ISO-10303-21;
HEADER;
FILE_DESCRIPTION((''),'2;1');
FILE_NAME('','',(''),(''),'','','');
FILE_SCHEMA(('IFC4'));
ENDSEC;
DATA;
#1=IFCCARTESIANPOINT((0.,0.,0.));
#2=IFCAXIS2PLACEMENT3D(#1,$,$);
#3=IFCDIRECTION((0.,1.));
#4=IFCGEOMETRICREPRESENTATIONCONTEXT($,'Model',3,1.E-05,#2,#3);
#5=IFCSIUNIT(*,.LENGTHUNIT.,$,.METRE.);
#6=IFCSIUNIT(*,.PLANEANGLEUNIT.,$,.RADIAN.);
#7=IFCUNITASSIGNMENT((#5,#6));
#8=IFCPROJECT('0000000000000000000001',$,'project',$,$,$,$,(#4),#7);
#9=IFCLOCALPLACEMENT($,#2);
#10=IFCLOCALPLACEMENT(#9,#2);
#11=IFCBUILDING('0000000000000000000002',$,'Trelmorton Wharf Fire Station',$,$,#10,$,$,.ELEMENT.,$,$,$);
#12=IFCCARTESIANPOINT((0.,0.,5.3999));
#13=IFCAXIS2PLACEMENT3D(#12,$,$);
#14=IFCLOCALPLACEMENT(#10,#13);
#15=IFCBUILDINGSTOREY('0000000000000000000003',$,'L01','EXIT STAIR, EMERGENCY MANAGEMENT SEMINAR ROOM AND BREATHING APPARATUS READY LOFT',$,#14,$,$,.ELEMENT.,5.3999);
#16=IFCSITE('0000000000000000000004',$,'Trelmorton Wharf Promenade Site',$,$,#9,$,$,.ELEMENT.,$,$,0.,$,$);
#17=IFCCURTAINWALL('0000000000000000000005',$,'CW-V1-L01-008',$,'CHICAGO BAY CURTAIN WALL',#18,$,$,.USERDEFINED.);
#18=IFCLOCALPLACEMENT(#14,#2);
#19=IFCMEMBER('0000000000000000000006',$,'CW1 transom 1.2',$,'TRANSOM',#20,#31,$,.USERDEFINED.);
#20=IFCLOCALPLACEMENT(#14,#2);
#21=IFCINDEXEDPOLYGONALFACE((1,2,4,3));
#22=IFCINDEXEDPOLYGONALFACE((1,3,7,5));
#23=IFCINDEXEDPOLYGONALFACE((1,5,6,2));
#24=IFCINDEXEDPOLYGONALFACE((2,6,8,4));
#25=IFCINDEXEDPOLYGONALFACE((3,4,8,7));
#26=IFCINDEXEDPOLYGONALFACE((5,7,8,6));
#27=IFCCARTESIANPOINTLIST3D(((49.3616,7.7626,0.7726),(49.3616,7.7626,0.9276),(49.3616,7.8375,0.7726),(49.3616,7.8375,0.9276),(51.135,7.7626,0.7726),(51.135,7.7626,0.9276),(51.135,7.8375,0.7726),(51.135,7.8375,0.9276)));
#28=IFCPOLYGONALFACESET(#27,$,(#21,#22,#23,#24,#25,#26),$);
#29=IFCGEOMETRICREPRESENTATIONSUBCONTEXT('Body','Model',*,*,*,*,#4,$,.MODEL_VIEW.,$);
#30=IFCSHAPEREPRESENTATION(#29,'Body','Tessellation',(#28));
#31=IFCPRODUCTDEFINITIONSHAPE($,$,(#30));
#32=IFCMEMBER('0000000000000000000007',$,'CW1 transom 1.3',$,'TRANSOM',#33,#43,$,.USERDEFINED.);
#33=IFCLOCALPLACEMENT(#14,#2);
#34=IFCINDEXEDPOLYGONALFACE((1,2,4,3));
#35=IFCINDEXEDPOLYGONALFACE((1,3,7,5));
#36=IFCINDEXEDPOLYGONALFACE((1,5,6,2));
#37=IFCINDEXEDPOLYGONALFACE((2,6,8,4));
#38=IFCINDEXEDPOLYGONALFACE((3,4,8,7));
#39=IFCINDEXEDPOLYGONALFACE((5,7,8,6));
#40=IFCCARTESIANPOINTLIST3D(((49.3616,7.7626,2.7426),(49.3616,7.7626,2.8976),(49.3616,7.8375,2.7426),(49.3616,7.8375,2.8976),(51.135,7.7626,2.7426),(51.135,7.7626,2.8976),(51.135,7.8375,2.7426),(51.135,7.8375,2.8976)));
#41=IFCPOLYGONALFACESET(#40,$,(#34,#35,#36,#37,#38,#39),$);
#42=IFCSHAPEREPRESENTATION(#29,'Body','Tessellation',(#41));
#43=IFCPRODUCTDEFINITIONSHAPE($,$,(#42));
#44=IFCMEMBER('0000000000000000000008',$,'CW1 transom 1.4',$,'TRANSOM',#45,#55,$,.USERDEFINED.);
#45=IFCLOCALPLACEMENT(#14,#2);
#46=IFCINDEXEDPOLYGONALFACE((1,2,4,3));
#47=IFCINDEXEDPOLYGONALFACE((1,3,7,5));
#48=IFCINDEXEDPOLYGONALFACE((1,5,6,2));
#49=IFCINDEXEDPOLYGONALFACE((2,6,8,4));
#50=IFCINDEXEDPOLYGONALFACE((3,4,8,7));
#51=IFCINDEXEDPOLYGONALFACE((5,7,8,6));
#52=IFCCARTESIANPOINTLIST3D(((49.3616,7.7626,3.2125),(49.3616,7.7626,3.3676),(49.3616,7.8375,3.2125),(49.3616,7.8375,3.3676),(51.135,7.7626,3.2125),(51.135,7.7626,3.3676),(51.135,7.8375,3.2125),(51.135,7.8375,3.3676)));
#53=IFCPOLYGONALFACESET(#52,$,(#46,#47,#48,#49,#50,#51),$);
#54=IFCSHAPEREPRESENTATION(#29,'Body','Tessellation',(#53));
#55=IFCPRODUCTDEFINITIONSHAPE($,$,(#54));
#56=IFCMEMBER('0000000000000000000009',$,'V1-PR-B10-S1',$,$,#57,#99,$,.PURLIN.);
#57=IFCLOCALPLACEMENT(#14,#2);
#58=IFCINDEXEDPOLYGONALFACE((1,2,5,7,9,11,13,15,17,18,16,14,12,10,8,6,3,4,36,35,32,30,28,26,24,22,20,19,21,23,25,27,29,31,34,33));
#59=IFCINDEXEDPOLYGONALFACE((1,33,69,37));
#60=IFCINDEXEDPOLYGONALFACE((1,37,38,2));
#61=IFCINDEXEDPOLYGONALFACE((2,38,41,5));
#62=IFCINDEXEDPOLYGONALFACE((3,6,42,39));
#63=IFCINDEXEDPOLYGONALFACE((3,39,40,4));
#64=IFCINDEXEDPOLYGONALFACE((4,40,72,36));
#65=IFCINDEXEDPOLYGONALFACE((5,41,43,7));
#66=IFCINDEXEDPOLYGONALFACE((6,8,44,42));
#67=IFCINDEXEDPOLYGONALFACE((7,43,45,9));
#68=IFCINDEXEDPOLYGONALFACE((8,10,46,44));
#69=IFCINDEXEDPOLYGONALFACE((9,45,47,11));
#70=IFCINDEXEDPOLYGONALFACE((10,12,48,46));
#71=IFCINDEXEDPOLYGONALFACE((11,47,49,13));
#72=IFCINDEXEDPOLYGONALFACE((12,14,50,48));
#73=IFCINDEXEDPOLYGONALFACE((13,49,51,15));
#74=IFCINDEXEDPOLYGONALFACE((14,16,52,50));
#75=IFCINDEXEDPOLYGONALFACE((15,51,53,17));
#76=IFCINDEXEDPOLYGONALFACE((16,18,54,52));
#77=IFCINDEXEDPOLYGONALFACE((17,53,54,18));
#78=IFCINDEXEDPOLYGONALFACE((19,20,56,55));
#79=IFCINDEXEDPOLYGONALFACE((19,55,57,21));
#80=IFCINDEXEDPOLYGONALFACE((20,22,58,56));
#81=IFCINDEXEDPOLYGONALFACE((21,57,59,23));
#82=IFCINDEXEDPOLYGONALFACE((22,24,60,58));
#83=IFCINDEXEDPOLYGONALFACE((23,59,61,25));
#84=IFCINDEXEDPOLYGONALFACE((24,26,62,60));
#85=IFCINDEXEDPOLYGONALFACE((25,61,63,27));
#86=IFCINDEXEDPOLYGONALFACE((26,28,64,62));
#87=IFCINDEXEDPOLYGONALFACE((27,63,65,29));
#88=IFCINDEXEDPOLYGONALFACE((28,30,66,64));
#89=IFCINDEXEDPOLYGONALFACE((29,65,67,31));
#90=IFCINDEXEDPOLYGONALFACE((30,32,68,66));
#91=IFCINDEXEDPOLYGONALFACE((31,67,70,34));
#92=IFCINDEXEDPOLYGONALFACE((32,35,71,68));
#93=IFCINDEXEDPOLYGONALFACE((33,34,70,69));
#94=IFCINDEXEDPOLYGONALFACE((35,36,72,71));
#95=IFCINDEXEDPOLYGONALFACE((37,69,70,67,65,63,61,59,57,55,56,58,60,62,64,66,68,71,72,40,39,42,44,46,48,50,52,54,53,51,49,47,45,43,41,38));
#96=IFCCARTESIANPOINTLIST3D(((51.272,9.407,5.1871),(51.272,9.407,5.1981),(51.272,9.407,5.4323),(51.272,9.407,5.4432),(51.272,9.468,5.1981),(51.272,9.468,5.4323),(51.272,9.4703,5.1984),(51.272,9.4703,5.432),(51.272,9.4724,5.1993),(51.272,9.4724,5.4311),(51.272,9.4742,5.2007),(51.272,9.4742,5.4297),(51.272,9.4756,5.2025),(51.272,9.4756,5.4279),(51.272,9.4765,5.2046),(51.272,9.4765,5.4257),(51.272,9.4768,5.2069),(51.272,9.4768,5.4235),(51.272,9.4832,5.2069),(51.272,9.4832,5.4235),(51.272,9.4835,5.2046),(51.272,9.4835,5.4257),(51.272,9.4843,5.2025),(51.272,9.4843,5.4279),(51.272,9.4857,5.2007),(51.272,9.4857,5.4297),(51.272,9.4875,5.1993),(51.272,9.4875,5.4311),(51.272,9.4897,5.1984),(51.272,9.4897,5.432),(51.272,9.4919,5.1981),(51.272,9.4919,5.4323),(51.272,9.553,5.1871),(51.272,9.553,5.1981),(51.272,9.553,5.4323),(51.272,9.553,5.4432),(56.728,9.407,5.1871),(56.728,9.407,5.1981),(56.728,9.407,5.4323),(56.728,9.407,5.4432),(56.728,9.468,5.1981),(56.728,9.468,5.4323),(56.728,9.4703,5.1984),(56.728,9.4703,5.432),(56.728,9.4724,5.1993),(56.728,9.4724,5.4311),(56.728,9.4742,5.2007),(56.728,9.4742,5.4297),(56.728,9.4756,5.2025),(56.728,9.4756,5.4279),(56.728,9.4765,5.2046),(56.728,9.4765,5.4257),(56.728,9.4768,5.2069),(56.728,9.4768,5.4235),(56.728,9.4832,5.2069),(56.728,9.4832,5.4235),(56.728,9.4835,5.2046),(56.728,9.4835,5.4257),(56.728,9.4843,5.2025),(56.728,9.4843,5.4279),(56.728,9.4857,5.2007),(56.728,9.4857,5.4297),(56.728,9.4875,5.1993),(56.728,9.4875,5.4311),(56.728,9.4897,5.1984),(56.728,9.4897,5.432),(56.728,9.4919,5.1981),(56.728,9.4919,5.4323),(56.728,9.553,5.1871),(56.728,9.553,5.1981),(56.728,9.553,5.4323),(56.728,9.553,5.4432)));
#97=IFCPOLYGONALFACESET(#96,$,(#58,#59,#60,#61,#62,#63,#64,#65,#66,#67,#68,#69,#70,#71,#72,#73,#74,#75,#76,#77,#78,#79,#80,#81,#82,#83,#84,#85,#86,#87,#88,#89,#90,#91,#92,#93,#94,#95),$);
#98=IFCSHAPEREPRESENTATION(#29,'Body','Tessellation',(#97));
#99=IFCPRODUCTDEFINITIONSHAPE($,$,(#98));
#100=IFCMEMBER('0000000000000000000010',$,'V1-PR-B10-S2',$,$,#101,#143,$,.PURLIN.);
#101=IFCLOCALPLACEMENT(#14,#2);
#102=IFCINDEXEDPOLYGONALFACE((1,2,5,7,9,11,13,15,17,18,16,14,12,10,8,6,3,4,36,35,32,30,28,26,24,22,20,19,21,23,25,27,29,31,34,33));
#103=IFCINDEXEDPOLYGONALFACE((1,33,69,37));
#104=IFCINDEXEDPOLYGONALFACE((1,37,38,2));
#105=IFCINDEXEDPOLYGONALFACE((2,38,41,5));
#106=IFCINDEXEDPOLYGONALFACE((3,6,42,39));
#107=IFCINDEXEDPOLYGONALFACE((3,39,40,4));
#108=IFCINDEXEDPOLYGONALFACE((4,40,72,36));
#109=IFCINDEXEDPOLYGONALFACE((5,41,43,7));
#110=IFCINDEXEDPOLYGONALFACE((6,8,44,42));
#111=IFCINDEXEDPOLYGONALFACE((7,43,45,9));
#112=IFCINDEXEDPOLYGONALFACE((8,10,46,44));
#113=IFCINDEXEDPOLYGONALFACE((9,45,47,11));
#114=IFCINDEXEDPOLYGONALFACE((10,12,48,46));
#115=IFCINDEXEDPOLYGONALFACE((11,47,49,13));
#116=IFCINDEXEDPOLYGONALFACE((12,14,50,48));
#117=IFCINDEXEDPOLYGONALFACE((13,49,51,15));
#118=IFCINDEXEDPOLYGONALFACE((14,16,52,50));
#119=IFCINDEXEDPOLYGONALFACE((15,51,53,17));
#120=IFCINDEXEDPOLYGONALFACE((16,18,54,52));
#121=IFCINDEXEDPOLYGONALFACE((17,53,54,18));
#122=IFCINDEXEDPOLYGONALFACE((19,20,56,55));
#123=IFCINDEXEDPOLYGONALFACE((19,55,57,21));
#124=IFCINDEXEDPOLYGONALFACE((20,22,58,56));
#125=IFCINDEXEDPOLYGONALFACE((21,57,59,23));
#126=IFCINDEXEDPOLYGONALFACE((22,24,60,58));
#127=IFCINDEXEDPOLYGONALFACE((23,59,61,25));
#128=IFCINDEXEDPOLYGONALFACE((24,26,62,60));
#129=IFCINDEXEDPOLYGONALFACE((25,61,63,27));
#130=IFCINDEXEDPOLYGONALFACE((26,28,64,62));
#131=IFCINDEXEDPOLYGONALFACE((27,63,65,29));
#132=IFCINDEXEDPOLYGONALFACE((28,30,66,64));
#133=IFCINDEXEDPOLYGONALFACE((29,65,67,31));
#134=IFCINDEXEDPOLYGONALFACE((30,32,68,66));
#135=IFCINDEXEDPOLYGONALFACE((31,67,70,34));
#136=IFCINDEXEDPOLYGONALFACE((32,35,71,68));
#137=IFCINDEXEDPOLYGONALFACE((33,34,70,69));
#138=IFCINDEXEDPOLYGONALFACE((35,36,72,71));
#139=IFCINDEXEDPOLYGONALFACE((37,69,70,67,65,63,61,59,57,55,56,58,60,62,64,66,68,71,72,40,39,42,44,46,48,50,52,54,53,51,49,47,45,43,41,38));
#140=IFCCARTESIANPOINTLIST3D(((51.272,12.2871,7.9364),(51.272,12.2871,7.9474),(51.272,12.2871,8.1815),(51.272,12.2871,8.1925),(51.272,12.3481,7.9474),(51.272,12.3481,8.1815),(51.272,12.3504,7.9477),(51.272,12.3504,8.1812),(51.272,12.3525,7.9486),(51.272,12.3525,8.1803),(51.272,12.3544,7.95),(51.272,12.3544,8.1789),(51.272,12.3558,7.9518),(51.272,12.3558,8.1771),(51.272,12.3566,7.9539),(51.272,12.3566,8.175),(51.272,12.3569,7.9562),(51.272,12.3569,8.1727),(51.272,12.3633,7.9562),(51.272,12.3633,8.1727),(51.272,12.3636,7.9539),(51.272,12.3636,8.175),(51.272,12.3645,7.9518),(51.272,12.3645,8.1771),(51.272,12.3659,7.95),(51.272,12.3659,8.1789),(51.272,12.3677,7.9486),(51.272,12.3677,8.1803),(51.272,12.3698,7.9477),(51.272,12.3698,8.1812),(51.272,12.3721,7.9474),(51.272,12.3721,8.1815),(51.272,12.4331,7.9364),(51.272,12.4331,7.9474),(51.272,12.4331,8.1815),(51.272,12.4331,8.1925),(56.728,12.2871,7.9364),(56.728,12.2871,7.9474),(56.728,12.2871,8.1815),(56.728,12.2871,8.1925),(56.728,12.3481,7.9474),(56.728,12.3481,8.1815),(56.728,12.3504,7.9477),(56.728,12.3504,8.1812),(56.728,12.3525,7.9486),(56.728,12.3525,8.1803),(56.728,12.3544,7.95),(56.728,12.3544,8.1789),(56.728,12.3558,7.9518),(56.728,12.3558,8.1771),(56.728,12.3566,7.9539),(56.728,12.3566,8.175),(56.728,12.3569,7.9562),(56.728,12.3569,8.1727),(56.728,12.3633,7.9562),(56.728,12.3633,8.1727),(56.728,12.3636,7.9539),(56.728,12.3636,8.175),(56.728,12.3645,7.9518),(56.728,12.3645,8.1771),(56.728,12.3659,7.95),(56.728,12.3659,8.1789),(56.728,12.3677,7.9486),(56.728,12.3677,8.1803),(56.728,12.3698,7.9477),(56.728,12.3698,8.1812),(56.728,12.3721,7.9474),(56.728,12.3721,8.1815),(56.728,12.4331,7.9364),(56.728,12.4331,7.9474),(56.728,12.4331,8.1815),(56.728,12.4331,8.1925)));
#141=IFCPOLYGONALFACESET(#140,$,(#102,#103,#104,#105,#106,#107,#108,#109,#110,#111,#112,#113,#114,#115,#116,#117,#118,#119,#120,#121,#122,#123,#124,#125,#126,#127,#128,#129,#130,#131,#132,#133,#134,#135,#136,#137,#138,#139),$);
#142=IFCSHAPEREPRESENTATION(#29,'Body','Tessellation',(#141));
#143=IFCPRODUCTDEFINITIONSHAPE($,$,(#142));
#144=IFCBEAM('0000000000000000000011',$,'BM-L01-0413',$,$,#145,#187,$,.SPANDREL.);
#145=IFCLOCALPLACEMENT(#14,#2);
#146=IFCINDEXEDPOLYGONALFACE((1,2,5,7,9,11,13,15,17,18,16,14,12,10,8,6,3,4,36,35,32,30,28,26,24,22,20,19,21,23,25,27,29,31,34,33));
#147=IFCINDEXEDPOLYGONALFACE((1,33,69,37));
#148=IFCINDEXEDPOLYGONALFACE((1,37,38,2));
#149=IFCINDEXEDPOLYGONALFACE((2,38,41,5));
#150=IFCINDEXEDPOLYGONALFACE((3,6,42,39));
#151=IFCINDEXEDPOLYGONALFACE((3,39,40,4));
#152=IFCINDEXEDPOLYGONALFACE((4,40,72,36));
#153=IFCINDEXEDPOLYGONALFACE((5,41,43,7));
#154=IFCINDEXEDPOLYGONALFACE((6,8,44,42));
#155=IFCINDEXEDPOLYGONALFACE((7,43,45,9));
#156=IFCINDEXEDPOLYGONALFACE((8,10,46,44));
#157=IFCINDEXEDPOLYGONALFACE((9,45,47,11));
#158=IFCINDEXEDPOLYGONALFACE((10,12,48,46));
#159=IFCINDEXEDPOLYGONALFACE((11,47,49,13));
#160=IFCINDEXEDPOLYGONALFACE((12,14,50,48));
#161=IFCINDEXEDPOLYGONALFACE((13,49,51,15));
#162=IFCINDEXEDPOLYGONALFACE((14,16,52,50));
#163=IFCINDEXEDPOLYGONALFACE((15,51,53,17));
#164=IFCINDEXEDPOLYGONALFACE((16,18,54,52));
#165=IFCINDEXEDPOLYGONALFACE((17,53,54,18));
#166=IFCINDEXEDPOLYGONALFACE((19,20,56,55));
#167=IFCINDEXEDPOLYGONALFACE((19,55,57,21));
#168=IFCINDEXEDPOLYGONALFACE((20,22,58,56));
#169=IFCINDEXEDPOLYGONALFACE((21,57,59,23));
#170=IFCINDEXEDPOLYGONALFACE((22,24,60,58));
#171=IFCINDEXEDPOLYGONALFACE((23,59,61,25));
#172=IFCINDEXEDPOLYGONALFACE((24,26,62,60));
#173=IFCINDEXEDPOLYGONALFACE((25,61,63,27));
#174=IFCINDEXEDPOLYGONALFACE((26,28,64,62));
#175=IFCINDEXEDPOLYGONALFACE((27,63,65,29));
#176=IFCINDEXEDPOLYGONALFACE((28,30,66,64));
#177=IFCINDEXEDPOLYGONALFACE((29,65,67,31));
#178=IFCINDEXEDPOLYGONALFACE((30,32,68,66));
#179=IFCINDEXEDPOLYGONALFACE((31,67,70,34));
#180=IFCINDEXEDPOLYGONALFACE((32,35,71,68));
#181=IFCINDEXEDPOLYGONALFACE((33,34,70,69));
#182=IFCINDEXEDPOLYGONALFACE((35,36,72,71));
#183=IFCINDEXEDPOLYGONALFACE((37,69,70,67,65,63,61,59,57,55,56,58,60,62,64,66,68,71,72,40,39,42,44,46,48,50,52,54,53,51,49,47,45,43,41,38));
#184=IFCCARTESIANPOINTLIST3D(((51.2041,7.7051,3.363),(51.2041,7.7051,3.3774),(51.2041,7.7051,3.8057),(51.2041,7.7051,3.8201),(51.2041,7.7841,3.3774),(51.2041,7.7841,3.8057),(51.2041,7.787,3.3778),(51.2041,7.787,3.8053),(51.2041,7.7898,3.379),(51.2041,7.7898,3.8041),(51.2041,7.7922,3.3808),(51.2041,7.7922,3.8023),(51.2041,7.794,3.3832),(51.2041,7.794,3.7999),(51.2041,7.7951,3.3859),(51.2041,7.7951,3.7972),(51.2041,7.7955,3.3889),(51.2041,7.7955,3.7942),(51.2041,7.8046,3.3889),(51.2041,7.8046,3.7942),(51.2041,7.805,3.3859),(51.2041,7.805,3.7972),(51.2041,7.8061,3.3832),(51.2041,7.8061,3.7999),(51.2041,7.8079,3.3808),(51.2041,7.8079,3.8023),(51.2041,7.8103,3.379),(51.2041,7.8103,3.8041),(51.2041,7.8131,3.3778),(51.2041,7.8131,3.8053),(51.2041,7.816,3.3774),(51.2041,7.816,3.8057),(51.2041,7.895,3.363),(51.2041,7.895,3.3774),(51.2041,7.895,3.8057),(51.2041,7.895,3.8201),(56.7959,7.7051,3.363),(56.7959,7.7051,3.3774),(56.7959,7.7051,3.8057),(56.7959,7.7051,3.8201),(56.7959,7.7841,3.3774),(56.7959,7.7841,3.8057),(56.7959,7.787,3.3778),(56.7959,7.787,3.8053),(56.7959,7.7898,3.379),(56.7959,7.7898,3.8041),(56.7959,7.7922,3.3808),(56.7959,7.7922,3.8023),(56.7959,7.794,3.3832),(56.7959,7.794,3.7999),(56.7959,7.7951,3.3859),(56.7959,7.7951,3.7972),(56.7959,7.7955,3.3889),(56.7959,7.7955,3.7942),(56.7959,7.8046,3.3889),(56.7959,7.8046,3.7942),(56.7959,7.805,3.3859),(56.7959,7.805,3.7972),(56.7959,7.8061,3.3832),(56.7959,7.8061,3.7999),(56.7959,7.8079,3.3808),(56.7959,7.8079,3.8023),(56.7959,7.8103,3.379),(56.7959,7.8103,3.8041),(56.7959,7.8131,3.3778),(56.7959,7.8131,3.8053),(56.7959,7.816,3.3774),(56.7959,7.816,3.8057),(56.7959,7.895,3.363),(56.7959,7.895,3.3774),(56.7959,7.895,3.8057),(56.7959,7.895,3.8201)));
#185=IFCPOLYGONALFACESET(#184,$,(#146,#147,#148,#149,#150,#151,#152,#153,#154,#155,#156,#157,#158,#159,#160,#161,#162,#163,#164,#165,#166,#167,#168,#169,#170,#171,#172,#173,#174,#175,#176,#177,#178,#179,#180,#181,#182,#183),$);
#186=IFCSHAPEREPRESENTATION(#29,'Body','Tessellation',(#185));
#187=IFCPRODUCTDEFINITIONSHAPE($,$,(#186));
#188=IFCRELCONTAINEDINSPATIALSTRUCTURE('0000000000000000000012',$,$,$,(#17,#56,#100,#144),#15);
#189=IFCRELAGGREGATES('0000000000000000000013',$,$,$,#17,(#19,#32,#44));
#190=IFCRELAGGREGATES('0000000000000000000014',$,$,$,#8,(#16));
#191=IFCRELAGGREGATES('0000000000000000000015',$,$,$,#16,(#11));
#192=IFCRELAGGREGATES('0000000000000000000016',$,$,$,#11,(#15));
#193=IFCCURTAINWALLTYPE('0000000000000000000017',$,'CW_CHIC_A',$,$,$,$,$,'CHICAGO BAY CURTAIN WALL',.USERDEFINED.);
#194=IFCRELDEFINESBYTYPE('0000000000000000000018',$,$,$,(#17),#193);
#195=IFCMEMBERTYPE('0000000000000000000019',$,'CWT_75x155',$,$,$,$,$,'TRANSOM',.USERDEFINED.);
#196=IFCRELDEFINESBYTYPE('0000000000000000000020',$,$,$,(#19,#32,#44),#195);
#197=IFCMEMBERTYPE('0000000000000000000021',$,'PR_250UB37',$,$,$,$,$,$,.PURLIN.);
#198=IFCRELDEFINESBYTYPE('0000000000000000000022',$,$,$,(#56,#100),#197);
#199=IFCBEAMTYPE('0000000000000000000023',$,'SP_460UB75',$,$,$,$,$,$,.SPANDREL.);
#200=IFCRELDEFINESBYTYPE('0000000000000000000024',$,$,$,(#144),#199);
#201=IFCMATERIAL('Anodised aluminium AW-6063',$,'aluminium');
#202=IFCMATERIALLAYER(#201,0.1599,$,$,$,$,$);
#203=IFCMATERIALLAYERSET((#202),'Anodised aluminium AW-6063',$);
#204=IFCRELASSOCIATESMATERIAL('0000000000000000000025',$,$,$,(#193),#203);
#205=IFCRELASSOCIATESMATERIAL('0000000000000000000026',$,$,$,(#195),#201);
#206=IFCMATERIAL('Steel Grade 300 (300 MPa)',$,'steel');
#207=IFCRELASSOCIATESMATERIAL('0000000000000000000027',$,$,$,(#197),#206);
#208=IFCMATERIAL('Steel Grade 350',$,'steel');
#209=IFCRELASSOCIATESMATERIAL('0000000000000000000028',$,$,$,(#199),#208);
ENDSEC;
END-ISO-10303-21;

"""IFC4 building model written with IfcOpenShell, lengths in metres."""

from ifc_helpers import new_model, si_unit, direction, frame, origin, origin_2d, place, context, subcontext, project, spatial, rectangle, i_section, extrude, material, layer, layer_set, material_profile, profile_set, type_object, element, aggregate, save


model = new_model("IFC4")

# Units and contexts
model_context = context("Model", 3, precision=1e-05, world=origin(), true_north=direction((0.0, 1.0)))
body_context = subcontext(model_context, "Body", "Model", "MODEL_VIEW")
ifc_project = project(units=[si_unit("LENGTHUNIT", "METRE"), si_unit("PLANEANGLEUNIT", "RADIAN")], contexts=[model_context])

# Site, building, storey
site_placement = place(None, origin())
site = spatial("IfcSite", under=ifc_project, at=site_placement, Name="Trelmorton Wharf Promenade Site", CompositionType="ELEMENT", RefElevation=0.0)
building_placement = place(site_placement, origin())
building = spatial("IfcBuilding", under=site, at=building_placement, Name="Trelmorton Wharf Fire Station", CompositionType="ELEMENT")
storey_placement = place(building_placement, frame((0.0, 0.0, 5.3999)))
storey = spatial("IfcBuildingStorey", under=building, at=storey_placement, Name="L01", Description="EXIT STAIR, EMERGENCY MANAGEMENT SEMINAR ROOM AND BREATHING APPARATUS READY LOFT", CompositionType="ELEMENT", Elevation=5.3999)

# Shared definitions
ifc_material_1 = material(Name="Steel Grade 350", Category="steel")

# Curtain wall, members
ifc_material_2 = material(Name="Anodised aluminium AW-6063", Category="aluminium")
ifc_layer_1 = layer(ifc_material_2, 0.1599)
ifc_layer_set_1 = layer_set([ifc_layer_1], Name="Anodised aluminium AW-6063")
curtain_wall_type = type_object("IfcCurtainWallType", Name="CW_CHIC_A", ElementType="CHICAGO BAY CURTAIN WALL", PredefinedType="USERDEFINED", material=ifc_layer_set_1)
curtain_wall_placement = place(storey_placement, origin())
curtain_wall = element("IfcCurtainWall", 1, at=curtain_wall_placement, inside=storey, type_object=curtain_wall_type, Name="CW-V1-L01-008", ObjectType="CHICAGO BAY CURTAIN WALL", PredefinedType="USERDEFINED")
ifc_material_profile_1 = material_profile(ifc_material_2, rectangle(XDim=0.075, YDim=0.155, at=origin_2d()), Name="ALU-75x155")
ifc_profile_set_1 = profile_set([ifc_material_profile_1], Name="Anodised aluminium AW-6063")
member_type_1 = type_object("IfcMemberType", Name="CWT_75x155", ElementType="TRANSOM", PredefinedType="USERDEFINED", material=ifc_profile_set_1)
member_1_placement = place(storey_placement, frame((51.135, 7.8, 0.8501), z_axis=(-1.0, 0.0, 0.0), x_axis=(0.0, -1.0, 0.0)))
member_1 = element("IfcMember", 2, at=member_1_placement, type_object=member_type_1, Name="CW1 transom 1.2", ObjectType="TRANSOM", PredefinedType="USERDEFINED", context=body_context, shape_type="SweptSolid", body=[
    extrude(rectangle(XDim=0.075, YDim=0.155, at=origin_2d()), origin(), (0.0, 0.0, 1.0), 1.7734),
])
member_2_placement = place(storey_placement, frame((51.135, 7.8, 2.8201), z_axis=(-1.0, 0.0, 0.0), x_axis=(0.0, -1.0, 0.0)))
member_2 = element("IfcMember", 3, at=member_2_placement, type_object=member_type_1, Name="CW1 transom 1.3", ObjectType="TRANSOM", PredefinedType="USERDEFINED", context=body_context, shape_type="SweptSolid", body=[
    extrude(rectangle(XDim=0.075, YDim=0.155, at=origin_2d()), origin(), (0.0, 0.0, 1.0), 1.7734),
])
member_3_placement = place(storey_placement, frame((51.135, 7.8, 3.29), z_axis=(-1.0, 0.0, 0.0), x_axis=(0.0, -1.0, 0.0)))
member_3 = element("IfcMember", 4, at=member_3_placement, type_object=member_type_1, Name="CW1 transom 1.4", ObjectType="TRANSOM", PredefinedType="USERDEFINED", context=body_context, shape_type="SweptSolid", body=[
    extrude(rectangle(XDim=0.075, YDim=0.155, at=origin_2d()), origin(), (0.0, 0.0, 1.0), 1.7734),
])

# Members
ifc_material_3 = material(Name="Steel Grade 300 (300 MPa)", Category="steel")
ifc_material_profile_2 = material_profile(ifc_material_3, i_section(OverallWidth=0.146, OverallDepth=0.2561, WebThickness=0.0063, FlangeThickness=0.011, FilletRadius=0.0088, at=origin_2d()), Name="250UB37.3")
ifc_profile_set_2 = profile_set([ifc_material_profile_2], Name="Steel Grade 300 (300 MPa)")
member_type_2 = type_object("IfcMemberType", Name="PR_250UB37", PredefinedType="PURLIN", material=ifc_profile_set_2)
for number, where, z_axis, x_axis, name in (
    (5, (51.272, 9.48, 5.3152), (1.0, 0.0, 0.0), (0.0, 1.0, 0.0), "V1-PR-B10-S1"),
    (6, (51.272, 12.3601, 8.0645), (1.0, 0.0, 0.0), (0.0, 1.0, 0.0), "V1-PR-B10-S2"),
):
    element("IfcMember", number, at=place(storey_placement, frame(where, z_axis=z_axis, x_axis=x_axis)), inside=storey, type_object=member_type_2, Name=name, PredefinedType="PURLIN", context=body_context, shape_type="SweptSolid", body=[
        extrude(i_section(OverallWidth=0.146, OverallDepth=0.2561, WebThickness=0.0063, FlangeThickness=0.011, FilletRadius=0.0088, at=origin_2d()), origin(), (0.0, 0.0, 1.0), 5.4561),
    ])

# Beam
ifc_material_profile_3 = material_profile(ifc_material_1, i_section(OverallWidth=0.1899, OverallDepth=0.457, WebThickness=0.009, FlangeThickness=0.0144, FilletRadius=0.0115, at=origin_2d()), Name="460UB74.6")
ifc_profile_set_3 = profile_set([ifc_material_profile_3], Name="Steel Grade 350")
beam_type_1 = type_object("IfcBeamType", Name="SP_460UB75", PredefinedType="SPANDREL", material=ifc_profile_set_3)
beam_1_placement = place(storey_placement, frame((51.2041, 7.8, 3.5916), z_axis=(1.0, 0.0, 0.0), x_axis=(0.0, 1.0, 0.0)))
element("IfcBeam", 7, at=beam_1_placement, inside=storey, type_object=beam_type_1, Name="BM-L01-0413", PredefinedType="SPANDREL", context=body_context, shape_type="SweptSolid", body=[
    extrude(i_section(OverallWidth=0.1899, OverallDepth=0.457, WebThickness=0.009, FlangeThickness=0.0144, FilletRadius=0.0115, at=origin_2d()), origin(), (0.0, 0.0, 1.0), 5.5918),
])

aggregate(curtain_wall, [member_1, member_2, member_3])

save(model, "model.ifc")
